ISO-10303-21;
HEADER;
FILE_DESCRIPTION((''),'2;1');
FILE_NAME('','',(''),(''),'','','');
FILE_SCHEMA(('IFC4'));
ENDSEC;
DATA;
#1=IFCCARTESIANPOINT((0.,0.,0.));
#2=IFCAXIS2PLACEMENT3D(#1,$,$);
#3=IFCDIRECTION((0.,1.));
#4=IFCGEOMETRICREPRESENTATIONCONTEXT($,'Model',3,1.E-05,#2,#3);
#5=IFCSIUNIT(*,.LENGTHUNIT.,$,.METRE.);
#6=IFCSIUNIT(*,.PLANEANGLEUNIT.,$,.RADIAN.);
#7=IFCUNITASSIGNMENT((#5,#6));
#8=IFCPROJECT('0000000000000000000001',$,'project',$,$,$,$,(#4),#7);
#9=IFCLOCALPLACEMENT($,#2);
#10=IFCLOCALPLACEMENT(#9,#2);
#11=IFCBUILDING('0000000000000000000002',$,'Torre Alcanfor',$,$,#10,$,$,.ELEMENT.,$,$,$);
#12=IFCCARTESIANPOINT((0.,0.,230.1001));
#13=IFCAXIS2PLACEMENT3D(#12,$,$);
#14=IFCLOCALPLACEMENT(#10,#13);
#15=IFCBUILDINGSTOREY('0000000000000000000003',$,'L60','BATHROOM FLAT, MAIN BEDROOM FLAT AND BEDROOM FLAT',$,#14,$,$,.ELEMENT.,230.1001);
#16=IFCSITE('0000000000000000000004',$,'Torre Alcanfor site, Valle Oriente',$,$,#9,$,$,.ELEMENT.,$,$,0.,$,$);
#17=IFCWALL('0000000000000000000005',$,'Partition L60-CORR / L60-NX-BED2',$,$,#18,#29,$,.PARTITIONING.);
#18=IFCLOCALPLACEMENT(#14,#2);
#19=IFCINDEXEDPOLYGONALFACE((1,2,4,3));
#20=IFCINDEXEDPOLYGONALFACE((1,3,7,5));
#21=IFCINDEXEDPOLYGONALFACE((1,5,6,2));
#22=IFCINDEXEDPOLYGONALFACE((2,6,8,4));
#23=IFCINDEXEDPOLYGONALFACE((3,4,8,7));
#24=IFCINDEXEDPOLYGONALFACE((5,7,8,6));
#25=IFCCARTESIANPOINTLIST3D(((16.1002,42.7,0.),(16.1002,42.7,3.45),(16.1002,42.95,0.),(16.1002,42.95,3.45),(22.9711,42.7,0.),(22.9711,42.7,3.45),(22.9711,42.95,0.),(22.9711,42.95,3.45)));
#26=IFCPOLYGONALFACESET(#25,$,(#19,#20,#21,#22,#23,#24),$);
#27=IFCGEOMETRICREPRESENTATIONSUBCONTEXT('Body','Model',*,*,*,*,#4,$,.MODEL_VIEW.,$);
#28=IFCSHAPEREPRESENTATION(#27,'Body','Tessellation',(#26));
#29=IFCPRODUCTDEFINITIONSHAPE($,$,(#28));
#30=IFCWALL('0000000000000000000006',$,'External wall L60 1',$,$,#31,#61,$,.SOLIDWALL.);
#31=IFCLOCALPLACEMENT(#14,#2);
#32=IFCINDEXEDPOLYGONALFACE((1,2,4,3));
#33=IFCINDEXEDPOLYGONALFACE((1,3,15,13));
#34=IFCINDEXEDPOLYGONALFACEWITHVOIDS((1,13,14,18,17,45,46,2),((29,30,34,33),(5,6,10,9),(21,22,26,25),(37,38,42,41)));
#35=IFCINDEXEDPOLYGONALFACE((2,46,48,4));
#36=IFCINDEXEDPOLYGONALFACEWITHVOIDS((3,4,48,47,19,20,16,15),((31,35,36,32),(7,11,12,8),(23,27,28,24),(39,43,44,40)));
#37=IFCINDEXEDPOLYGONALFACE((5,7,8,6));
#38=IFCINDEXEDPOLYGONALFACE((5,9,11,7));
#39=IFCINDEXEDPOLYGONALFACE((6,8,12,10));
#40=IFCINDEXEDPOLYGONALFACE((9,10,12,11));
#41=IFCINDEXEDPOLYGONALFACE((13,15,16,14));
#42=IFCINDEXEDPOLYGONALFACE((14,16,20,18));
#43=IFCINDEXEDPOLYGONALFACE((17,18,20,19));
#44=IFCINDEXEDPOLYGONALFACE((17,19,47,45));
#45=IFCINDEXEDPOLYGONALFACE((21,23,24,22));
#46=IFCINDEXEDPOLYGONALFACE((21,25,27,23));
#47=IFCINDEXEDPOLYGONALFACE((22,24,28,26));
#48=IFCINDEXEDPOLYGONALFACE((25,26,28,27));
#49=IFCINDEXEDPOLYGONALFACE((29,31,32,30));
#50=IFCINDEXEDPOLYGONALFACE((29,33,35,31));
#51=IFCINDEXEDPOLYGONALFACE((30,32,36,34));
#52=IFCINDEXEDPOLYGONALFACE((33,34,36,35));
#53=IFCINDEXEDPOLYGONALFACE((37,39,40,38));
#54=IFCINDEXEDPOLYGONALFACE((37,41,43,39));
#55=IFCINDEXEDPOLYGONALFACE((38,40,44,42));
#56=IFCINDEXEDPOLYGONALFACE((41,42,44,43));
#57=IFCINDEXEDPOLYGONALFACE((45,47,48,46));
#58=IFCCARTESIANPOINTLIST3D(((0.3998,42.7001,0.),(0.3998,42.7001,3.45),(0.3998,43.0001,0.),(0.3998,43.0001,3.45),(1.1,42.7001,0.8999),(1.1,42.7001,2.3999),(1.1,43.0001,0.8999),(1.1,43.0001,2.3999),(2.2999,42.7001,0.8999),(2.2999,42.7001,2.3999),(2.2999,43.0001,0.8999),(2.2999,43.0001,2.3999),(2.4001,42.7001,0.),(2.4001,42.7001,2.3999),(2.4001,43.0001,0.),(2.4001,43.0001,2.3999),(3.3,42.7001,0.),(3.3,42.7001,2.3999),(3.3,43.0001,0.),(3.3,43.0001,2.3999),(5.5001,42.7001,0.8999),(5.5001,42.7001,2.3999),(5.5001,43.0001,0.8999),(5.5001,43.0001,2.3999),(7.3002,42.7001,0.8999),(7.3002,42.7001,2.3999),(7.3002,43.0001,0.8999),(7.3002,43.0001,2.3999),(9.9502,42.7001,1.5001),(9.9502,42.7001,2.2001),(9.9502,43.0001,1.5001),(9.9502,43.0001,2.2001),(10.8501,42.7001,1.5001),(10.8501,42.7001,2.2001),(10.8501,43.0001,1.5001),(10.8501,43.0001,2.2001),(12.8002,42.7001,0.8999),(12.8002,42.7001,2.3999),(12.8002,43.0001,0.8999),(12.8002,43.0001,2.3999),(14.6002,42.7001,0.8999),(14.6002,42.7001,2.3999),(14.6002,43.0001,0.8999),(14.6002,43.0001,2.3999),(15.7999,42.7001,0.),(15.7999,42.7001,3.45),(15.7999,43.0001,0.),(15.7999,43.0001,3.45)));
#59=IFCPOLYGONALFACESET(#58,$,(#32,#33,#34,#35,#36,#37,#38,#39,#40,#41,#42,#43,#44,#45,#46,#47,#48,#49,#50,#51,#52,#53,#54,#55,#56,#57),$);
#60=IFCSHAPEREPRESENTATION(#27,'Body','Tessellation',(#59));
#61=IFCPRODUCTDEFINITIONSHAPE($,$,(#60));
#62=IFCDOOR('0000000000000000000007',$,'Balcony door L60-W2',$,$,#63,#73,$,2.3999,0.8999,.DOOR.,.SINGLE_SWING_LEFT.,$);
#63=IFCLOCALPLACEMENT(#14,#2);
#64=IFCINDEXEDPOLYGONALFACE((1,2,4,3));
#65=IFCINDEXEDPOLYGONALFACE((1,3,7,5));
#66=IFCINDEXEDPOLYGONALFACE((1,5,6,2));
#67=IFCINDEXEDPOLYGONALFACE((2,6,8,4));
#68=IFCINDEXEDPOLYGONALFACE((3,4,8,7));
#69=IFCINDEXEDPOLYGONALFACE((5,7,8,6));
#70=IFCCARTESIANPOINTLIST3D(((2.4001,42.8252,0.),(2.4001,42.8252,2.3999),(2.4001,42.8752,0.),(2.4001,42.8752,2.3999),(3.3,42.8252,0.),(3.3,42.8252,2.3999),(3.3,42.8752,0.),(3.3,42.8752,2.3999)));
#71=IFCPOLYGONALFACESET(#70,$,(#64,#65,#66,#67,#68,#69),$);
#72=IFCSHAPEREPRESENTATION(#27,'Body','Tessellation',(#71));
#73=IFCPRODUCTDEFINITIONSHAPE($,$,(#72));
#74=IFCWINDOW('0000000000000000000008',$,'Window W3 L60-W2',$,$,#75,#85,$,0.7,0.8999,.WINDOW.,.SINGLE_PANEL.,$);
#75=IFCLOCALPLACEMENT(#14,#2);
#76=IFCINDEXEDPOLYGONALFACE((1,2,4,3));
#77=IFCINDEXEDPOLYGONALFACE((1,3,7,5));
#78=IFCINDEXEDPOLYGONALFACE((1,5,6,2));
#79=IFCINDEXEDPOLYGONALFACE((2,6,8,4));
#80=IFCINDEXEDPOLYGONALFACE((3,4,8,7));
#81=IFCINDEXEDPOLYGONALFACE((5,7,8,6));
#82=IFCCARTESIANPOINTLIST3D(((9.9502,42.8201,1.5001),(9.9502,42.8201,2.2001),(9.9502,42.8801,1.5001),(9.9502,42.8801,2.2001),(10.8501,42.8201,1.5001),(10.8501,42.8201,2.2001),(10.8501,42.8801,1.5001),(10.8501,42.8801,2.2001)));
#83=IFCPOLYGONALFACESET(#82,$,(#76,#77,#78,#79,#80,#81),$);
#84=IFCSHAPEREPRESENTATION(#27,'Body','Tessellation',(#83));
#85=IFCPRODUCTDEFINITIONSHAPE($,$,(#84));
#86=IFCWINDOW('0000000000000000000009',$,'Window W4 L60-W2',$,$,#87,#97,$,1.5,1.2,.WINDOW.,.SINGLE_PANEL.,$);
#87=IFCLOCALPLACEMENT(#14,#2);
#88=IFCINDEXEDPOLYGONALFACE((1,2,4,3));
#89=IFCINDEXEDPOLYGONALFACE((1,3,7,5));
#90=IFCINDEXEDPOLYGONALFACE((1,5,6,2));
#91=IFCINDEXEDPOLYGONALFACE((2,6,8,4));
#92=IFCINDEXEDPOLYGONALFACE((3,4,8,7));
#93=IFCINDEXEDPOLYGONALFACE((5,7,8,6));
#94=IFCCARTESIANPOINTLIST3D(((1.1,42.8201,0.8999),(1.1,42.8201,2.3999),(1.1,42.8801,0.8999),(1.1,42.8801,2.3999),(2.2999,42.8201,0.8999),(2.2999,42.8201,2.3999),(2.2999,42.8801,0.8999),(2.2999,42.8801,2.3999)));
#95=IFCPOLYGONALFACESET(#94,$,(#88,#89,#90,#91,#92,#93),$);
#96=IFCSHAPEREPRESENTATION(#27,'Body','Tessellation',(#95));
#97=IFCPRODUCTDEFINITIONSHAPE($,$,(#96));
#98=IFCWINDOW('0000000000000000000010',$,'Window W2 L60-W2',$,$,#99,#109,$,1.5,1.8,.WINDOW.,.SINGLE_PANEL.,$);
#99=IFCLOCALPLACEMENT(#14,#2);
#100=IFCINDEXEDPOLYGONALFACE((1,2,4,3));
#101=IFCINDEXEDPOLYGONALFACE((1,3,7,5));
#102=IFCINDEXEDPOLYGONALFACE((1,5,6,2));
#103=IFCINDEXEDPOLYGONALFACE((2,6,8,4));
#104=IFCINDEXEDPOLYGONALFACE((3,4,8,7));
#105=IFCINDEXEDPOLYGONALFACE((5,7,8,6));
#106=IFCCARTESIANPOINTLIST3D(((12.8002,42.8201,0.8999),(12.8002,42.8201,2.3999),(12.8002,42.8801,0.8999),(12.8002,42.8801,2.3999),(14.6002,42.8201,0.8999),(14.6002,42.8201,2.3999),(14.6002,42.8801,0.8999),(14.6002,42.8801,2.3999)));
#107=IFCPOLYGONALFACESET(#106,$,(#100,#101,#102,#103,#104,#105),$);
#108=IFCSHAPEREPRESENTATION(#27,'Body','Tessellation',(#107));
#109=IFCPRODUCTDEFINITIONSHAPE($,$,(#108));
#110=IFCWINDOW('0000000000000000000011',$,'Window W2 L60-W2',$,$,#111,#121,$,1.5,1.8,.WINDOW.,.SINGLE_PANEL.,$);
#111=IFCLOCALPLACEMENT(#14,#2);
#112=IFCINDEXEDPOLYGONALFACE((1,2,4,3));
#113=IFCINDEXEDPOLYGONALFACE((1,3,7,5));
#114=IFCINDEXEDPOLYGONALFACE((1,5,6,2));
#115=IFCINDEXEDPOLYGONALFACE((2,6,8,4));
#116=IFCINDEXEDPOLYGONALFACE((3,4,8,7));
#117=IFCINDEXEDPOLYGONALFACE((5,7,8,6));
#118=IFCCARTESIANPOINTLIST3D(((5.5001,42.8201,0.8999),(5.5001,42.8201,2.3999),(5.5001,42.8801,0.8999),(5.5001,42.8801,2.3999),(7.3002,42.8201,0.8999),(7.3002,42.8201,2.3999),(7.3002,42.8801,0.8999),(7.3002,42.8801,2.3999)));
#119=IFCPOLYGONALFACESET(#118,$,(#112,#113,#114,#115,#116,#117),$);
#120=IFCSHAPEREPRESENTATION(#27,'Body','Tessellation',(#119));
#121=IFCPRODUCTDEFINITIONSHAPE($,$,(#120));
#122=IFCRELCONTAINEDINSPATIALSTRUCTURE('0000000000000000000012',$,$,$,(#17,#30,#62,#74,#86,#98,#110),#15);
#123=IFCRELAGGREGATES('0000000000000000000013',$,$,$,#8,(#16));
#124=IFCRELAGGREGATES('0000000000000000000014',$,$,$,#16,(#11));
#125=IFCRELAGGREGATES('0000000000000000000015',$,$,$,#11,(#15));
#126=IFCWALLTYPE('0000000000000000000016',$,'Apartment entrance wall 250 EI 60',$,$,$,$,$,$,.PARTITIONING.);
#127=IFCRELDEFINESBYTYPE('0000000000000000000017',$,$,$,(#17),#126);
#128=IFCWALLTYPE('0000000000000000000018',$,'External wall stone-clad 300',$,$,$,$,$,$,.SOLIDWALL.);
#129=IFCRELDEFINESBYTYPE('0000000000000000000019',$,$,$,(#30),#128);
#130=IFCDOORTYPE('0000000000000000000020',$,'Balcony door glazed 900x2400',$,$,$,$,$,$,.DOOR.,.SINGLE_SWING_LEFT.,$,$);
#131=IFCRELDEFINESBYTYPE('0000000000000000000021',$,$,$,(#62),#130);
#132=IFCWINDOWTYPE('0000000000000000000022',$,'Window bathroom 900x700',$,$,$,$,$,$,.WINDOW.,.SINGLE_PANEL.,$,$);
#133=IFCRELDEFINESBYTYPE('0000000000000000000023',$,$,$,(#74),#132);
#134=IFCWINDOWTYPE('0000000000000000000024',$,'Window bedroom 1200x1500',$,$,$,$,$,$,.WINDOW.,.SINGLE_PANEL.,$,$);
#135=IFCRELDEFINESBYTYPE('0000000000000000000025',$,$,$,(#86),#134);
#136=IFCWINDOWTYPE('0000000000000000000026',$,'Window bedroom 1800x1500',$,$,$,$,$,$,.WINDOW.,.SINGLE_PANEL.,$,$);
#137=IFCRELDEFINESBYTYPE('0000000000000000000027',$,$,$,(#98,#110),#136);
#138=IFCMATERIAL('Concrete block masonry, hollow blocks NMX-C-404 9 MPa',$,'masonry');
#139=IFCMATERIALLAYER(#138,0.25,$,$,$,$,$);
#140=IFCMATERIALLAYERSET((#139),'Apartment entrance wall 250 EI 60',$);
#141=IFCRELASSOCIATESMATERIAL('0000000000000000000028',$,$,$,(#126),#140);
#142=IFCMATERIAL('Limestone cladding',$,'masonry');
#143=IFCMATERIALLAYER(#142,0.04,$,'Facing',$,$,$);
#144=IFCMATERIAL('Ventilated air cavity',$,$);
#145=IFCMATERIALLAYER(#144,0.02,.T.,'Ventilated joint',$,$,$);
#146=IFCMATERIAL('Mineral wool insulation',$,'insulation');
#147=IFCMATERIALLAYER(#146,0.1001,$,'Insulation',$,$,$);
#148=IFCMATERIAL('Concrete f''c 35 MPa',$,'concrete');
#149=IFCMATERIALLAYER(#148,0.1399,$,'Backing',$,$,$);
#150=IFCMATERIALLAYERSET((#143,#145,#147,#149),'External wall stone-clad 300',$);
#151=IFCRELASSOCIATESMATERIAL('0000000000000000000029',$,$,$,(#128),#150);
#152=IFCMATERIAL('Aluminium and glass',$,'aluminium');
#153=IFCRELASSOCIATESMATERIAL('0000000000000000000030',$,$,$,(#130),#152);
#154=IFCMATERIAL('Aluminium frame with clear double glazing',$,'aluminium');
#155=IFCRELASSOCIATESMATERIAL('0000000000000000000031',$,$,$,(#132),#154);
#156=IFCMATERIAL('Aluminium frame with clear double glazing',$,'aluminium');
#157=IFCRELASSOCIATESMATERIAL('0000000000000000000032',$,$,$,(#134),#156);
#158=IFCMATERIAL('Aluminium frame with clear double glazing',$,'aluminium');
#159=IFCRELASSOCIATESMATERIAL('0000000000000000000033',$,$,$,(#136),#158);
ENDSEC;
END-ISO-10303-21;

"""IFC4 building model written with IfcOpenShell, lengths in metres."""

from ifc_helpers import new_model, si_unit, direction, frame, frame_2d, origin, place, context, subcontext, project, spatial, rectangle, extrude, material, layer, layer_set, type_object, element, fill, save


model = new_model("IFC4")

# Units and contexts
model_context = context("Model", 3, precision=1e-05, world=origin(), true_north=direction((0.0, 1.0)))
body_context = subcontext(model_context, "Body", "Model", "MODEL_VIEW")
ifc_project = project(units=[si_unit("LENGTHUNIT", "METRE"), si_unit("PLANEANGLEUNIT", "RADIAN")], contexts=[model_context])

# Site, building, storey
site_placement = place(None, origin())
site = spatial("IfcSite", under=ifc_project, at=site_placement, Name="Torre Alcanfor site, Valle Oriente", CompositionType="ELEMENT", RefElevation=0.0)
building_placement = place(site_placement, origin())
building = spatial("IfcBuilding", under=site, at=building_placement, Name="Torre Alcanfor", CompositionType="ELEMENT")
storey_placement = place(building_placement, frame((0.0, 0.0, 230.1001)))
storey = spatial("IfcBuildingStorey", under=building, at=storey_placement, Name="L60", Description="BATHROOM FLAT, MAIN BEDROOM FLAT AND BEDROOM FLAT", CompositionType="ELEMENT", Elevation=230.1001)

# Wall
ifc_material_1 = material(Name="Concrete block masonry, hollow blocks NMX-C-404 9 MPa", Category="masonry")
ifc_layer_1 = layer(ifc_material_1, 0.25)
ifc_layer_set_1 = layer_set([ifc_layer_1], Name="Apartment entrance wall 250 EI 60")
wall_type_1 = type_object("IfcWallType", Name="Apartment entrance wall 250 EI 60", PredefinedType="PARTITIONING", material=ifc_layer_set_1)
wall_1_placement = place(storey_placement, frame((16.1001, 42.825, 0.0), z_axis=(0.0, 0.0, 1.0), x_axis=(1.0, 0.0, 0.0)))
element("IfcWall", 1, at=wall_1_placement, inside=storey, type_object=wall_type_1, Name="Partition L60-CORR / L60-NX-BED2", PredefinedType="PARTITIONING", context=body_context, shape_type="SweptSolid", body=[
    extrude(rectangle(XDim=6.8708, YDim=0.25, at=frame_2d((3.4355, 0.0))), origin(), (0.0, 0.0, 1.0), 3.45),
])

# Wall, openings, door, windows
ifc_material_2 = material(Name="Limestone cladding", Category="masonry")
ifc_layer_2 = layer(ifc_material_2, 0.04, Name="Facing")
ifc_material_3 = material(Name="Ventilated air cavity")
ifc_layer_3 = layer(ifc_material_3, 0.02, ventilated=True, Name="Ventilated joint")
ifc_material_4 = material(Name="Mineral wool insulation", Category="insulation")
ifc_layer_4 = layer(ifc_material_4, 0.1001, Name="Insulation")
ifc_material_5 = material(Name="Concrete f'c 35 MPa", Category="concrete")
ifc_layer_5 = layer(ifc_material_5, 0.1399, Name="Backing")
ifc_layer_set_2 = layer_set([ifc_layer_2, ifc_layer_3, ifc_layer_4, ifc_layer_5], Name="External wall stone-clad 300")
wall_type_2 = type_object("IfcWallType", Name="External wall stone-clad 300", PredefinedType="SOLIDWALL", material=ifc_layer_set_2)
wall_2_placement = place(storey_placement, frame((15.8, 42.8501, 0.0), z_axis=(0.0, 0.0, 1.0), x_axis=(-1.0, 0.0, 0.0)))
wall_2 = element("IfcWall", 2, at=wall_2_placement, inside=storey, type_object=wall_type_2, Name="External wall L60 1", PredefinedType="SOLIDWALL", context=body_context, shape_type="SweptSolid", body=[
    extrude(rectangle(XDim=15.4001, YDim=0.3, at=frame_2d((7.7002, 0.0))), origin(), (0.0, 0.0, 1.0), 3.45),
])
opening_1_placement = place(wall_2_placement, frame((1.2, 0.0, 0.8999)))
opening_1 = element("IfcOpeningElement", 3, at=opening_1_placement, cuts=wall_2, PredefinedType="OPENING", context=body_context, shape_type="SweptSolid", body=[
    extrude(rectangle(XDim=1.8, YDim=1.5, at=frame_2d((0.8999, 0.75))), frame((0.0, 0.1599, 0.0), z_axis=(0.0, -1.0, 0.0), x_axis=(1.0, 0.0, 0.0)), (0.0, 0.0, 1.0), 0.3201),
])
opening_2_placement = place(wall_2_placement, frame((4.95, 0.0, 1.5)))
opening_2 = element("IfcOpeningElement", 4, at=opening_2_placement, cuts=wall_2, PredefinedType="OPENING", context=body_context, shape_type="SweptSolid", body=[
    extrude(rectangle(XDim=0.8999, YDim=0.7, at=frame_2d((0.45, 0.3501))), frame((0.0, 0.1599, 0.0), z_axis=(0.0, -1.0, 0.0), x_axis=(1.0, 0.0, 0.0)), (0.0, 0.0, 1.0), 0.3201),
])
opening_3_placement = place(wall_2_placement, frame((8.5, 0.0, 0.8999)))
opening_3 = element("IfcOpeningElement", 5, at=opening_3_placement, cuts=wall_2, PredefinedType="OPENING", context=body_context, shape_type="SweptSolid", body=[
    extrude(rectangle(XDim=1.8, YDim=1.5, at=frame_2d((0.8999, 0.75))), frame((0.0, 0.1599, 0.0), z_axis=(0.0, -1.0, 0.0), x_axis=(1.0, 0.0, 0.0)), (0.0, 0.0, 1.0), 0.3201),
])
opening_4_placement = place(wall_2_placement, frame((12.5, 0.0, 0.0)))
opening_4 = element("IfcOpeningElement", 6, at=opening_4_placement, cuts=wall_2, PredefinedType="OPENING", context=body_context, shape_type="SweptSolid", body=[
    extrude(rectangle(XDim=0.8999, YDim=2.3999, at=frame_2d((0.45, 1.2))), frame((0.0, 0.1599, 0.0), z_axis=(0.0, -1.0, 0.0), x_axis=(1.0, 0.0, 0.0)), (0.0, 0.0, 1.0), 0.3201),
])
opening_5_placement = place(wall_2_placement, frame((13.5, 0.0, 0.8999)))
opening_5 = element("IfcOpeningElement", 7, at=opening_5_placement, cuts=wall_2, PredefinedType="OPENING", context=body_context, shape_type="SweptSolid", body=[
    extrude(rectangle(XDim=1.2, YDim=1.5, at=frame_2d((0.6001, 0.75))), frame((0.0, 0.1599, 0.0), z_axis=(0.0, -1.0, 0.0), x_axis=(1.0, 0.0, 0.0)), (0.0, 0.0, 1.0), 0.3201),
])
ifc_material_6 = material(Name="Aluminium and glass", Category="aluminium")
door_type = type_object("IfcDoorType", Name="Balcony door glazed 900x2400", OperationType="SINGLE_SWING_LEFT", PredefinedType="DOOR", material=ifc_material_6)
door_placement = place(opening_4_placement, origin())
door = element("IfcDoor", 8, at=door_placement, inside=storey, type_object=door_type, Name="Balcony door L60-W2", OperationType="SINGLE_SWING_LEFT", OverallHeight=2.3999, OverallWidth=0.8999, PredefinedType="DOOR", context=body_context, shape_type="SweptSolid", body=[
    extrude(rectangle(XDim=0.8999, YDim=2.3999, at=frame_2d((0.45, 1.2))), frame((0.0, 0.0249, 0.0), z_axis=(0.0, -1.0, 0.0), x_axis=(1.0, 0.0, 0.0)), (0.0, 0.0, 1.0), 0.05),
])
fill(opening_4, door)
ifc_material_7 = material(Name="Aluminium frame with clear double glazing", Category="aluminium")
window_type_1 = type_object("IfcWindowType", Name="Window bathroom 900x700", PartitioningType="SINGLE_PANEL", PredefinedType="WINDOW", material=ifc_material_7)
window_1_placement = place(opening_2_placement, origin())
window_1 = element("IfcWindow", 9, at=window_1_placement, inside=storey, type_object=window_type_1, Name="Window W3 L60-W2", OverallHeight=0.7, OverallWidth=0.8999, PartitioningType="SINGLE_PANEL", PredefinedType="WINDOW", context=body_context, shape_type="SweptSolid", body=[
    extrude(rectangle(XDim=0.8999, YDim=0.7, at=frame_2d((0.45, 0.3501))), frame((0.0, 0.03, 0.0), z_axis=(0.0, -1.0, 0.0), x_axis=(1.0, 0.0, 0.0)), (0.0, 0.0, 1.0), 0.0601),
])
fill(opening_2, window_1)
ifc_material_8 = material(Name="Aluminium frame with clear double glazing", Category="aluminium")
window_type_2 = type_object("IfcWindowType", Name="Window bedroom 1200x1500", PartitioningType="SINGLE_PANEL", PredefinedType="WINDOW", material=ifc_material_8)
window_2_placement = place(opening_5_placement, origin())
window_2 = element("IfcWindow", 10, at=window_2_placement, inside=storey, type_object=window_type_2, Name="Window W4 L60-W2", OverallHeight=1.5, OverallWidth=1.2, PartitioningType="SINGLE_PANEL", PredefinedType="WINDOW", context=body_context, shape_type="SweptSolid", body=[
    extrude(rectangle(XDim=1.2, YDim=1.5, at=frame_2d((0.6001, 0.75))), frame((0.0, 0.03, 0.0), z_axis=(0.0, -1.0, 0.0), x_axis=(1.0, 0.0, 0.0)), (0.0, 0.0, 1.0), 0.0601),
])
fill(opening_5, window_2)
ifc_material_9 = material(Name="Aluminium frame with clear double glazing", Category="aluminium")
window_type_3 = type_object("IfcWindowType", Name="Window bedroom 1800x1500", PartitioningType="SINGLE_PANEL", PredefinedType="WINDOW", material=ifc_material_9)
window_3_placement = place(opening_1_placement, origin())
window_3 = element("IfcWindow", 11, at=window_3_placement, inside=storey, type_object=window_type_3, Name="Window W2 L60-W2", OverallHeight=1.5, OverallWidth=1.8, PartitioningType="SINGLE_PANEL", PredefinedType="WINDOW", context=body_context, shape_type="SweptSolid", body=[
    extrude(rectangle(XDim=1.8, YDim=1.5, at=frame_2d((0.8999, 0.75))), frame((0.0, 0.03, 0.0), z_axis=(0.0, -1.0, 0.0), x_axis=(1.0, 0.0, 0.0)), (0.0, 0.0, 1.0), 0.0601),
])
fill(opening_1, window_3)
window_4_placement = place(opening_3_placement, origin())
window_4 = element("IfcWindow", 12, at=window_4_placement, inside=storey, type_object=window_type_3, Name="Window W2 L60-W2", OverallHeight=1.5, OverallWidth=1.8, PartitioningType="SINGLE_PANEL", PredefinedType="WINDOW", context=body_context, shape_type="SweptSolid", body=[
    extrude(rectangle(XDim=1.8, YDim=1.5, at=frame_2d((0.8999, 0.75))), frame((0.0, 0.03, 0.0), z_axis=(0.0, -1.0, 0.0), x_axis=(1.0, 0.0, 0.0)), (0.0, 0.0, 1.0), 0.0601),
])
fill(opening_3, window_4)

save(model, "model.ifc")
